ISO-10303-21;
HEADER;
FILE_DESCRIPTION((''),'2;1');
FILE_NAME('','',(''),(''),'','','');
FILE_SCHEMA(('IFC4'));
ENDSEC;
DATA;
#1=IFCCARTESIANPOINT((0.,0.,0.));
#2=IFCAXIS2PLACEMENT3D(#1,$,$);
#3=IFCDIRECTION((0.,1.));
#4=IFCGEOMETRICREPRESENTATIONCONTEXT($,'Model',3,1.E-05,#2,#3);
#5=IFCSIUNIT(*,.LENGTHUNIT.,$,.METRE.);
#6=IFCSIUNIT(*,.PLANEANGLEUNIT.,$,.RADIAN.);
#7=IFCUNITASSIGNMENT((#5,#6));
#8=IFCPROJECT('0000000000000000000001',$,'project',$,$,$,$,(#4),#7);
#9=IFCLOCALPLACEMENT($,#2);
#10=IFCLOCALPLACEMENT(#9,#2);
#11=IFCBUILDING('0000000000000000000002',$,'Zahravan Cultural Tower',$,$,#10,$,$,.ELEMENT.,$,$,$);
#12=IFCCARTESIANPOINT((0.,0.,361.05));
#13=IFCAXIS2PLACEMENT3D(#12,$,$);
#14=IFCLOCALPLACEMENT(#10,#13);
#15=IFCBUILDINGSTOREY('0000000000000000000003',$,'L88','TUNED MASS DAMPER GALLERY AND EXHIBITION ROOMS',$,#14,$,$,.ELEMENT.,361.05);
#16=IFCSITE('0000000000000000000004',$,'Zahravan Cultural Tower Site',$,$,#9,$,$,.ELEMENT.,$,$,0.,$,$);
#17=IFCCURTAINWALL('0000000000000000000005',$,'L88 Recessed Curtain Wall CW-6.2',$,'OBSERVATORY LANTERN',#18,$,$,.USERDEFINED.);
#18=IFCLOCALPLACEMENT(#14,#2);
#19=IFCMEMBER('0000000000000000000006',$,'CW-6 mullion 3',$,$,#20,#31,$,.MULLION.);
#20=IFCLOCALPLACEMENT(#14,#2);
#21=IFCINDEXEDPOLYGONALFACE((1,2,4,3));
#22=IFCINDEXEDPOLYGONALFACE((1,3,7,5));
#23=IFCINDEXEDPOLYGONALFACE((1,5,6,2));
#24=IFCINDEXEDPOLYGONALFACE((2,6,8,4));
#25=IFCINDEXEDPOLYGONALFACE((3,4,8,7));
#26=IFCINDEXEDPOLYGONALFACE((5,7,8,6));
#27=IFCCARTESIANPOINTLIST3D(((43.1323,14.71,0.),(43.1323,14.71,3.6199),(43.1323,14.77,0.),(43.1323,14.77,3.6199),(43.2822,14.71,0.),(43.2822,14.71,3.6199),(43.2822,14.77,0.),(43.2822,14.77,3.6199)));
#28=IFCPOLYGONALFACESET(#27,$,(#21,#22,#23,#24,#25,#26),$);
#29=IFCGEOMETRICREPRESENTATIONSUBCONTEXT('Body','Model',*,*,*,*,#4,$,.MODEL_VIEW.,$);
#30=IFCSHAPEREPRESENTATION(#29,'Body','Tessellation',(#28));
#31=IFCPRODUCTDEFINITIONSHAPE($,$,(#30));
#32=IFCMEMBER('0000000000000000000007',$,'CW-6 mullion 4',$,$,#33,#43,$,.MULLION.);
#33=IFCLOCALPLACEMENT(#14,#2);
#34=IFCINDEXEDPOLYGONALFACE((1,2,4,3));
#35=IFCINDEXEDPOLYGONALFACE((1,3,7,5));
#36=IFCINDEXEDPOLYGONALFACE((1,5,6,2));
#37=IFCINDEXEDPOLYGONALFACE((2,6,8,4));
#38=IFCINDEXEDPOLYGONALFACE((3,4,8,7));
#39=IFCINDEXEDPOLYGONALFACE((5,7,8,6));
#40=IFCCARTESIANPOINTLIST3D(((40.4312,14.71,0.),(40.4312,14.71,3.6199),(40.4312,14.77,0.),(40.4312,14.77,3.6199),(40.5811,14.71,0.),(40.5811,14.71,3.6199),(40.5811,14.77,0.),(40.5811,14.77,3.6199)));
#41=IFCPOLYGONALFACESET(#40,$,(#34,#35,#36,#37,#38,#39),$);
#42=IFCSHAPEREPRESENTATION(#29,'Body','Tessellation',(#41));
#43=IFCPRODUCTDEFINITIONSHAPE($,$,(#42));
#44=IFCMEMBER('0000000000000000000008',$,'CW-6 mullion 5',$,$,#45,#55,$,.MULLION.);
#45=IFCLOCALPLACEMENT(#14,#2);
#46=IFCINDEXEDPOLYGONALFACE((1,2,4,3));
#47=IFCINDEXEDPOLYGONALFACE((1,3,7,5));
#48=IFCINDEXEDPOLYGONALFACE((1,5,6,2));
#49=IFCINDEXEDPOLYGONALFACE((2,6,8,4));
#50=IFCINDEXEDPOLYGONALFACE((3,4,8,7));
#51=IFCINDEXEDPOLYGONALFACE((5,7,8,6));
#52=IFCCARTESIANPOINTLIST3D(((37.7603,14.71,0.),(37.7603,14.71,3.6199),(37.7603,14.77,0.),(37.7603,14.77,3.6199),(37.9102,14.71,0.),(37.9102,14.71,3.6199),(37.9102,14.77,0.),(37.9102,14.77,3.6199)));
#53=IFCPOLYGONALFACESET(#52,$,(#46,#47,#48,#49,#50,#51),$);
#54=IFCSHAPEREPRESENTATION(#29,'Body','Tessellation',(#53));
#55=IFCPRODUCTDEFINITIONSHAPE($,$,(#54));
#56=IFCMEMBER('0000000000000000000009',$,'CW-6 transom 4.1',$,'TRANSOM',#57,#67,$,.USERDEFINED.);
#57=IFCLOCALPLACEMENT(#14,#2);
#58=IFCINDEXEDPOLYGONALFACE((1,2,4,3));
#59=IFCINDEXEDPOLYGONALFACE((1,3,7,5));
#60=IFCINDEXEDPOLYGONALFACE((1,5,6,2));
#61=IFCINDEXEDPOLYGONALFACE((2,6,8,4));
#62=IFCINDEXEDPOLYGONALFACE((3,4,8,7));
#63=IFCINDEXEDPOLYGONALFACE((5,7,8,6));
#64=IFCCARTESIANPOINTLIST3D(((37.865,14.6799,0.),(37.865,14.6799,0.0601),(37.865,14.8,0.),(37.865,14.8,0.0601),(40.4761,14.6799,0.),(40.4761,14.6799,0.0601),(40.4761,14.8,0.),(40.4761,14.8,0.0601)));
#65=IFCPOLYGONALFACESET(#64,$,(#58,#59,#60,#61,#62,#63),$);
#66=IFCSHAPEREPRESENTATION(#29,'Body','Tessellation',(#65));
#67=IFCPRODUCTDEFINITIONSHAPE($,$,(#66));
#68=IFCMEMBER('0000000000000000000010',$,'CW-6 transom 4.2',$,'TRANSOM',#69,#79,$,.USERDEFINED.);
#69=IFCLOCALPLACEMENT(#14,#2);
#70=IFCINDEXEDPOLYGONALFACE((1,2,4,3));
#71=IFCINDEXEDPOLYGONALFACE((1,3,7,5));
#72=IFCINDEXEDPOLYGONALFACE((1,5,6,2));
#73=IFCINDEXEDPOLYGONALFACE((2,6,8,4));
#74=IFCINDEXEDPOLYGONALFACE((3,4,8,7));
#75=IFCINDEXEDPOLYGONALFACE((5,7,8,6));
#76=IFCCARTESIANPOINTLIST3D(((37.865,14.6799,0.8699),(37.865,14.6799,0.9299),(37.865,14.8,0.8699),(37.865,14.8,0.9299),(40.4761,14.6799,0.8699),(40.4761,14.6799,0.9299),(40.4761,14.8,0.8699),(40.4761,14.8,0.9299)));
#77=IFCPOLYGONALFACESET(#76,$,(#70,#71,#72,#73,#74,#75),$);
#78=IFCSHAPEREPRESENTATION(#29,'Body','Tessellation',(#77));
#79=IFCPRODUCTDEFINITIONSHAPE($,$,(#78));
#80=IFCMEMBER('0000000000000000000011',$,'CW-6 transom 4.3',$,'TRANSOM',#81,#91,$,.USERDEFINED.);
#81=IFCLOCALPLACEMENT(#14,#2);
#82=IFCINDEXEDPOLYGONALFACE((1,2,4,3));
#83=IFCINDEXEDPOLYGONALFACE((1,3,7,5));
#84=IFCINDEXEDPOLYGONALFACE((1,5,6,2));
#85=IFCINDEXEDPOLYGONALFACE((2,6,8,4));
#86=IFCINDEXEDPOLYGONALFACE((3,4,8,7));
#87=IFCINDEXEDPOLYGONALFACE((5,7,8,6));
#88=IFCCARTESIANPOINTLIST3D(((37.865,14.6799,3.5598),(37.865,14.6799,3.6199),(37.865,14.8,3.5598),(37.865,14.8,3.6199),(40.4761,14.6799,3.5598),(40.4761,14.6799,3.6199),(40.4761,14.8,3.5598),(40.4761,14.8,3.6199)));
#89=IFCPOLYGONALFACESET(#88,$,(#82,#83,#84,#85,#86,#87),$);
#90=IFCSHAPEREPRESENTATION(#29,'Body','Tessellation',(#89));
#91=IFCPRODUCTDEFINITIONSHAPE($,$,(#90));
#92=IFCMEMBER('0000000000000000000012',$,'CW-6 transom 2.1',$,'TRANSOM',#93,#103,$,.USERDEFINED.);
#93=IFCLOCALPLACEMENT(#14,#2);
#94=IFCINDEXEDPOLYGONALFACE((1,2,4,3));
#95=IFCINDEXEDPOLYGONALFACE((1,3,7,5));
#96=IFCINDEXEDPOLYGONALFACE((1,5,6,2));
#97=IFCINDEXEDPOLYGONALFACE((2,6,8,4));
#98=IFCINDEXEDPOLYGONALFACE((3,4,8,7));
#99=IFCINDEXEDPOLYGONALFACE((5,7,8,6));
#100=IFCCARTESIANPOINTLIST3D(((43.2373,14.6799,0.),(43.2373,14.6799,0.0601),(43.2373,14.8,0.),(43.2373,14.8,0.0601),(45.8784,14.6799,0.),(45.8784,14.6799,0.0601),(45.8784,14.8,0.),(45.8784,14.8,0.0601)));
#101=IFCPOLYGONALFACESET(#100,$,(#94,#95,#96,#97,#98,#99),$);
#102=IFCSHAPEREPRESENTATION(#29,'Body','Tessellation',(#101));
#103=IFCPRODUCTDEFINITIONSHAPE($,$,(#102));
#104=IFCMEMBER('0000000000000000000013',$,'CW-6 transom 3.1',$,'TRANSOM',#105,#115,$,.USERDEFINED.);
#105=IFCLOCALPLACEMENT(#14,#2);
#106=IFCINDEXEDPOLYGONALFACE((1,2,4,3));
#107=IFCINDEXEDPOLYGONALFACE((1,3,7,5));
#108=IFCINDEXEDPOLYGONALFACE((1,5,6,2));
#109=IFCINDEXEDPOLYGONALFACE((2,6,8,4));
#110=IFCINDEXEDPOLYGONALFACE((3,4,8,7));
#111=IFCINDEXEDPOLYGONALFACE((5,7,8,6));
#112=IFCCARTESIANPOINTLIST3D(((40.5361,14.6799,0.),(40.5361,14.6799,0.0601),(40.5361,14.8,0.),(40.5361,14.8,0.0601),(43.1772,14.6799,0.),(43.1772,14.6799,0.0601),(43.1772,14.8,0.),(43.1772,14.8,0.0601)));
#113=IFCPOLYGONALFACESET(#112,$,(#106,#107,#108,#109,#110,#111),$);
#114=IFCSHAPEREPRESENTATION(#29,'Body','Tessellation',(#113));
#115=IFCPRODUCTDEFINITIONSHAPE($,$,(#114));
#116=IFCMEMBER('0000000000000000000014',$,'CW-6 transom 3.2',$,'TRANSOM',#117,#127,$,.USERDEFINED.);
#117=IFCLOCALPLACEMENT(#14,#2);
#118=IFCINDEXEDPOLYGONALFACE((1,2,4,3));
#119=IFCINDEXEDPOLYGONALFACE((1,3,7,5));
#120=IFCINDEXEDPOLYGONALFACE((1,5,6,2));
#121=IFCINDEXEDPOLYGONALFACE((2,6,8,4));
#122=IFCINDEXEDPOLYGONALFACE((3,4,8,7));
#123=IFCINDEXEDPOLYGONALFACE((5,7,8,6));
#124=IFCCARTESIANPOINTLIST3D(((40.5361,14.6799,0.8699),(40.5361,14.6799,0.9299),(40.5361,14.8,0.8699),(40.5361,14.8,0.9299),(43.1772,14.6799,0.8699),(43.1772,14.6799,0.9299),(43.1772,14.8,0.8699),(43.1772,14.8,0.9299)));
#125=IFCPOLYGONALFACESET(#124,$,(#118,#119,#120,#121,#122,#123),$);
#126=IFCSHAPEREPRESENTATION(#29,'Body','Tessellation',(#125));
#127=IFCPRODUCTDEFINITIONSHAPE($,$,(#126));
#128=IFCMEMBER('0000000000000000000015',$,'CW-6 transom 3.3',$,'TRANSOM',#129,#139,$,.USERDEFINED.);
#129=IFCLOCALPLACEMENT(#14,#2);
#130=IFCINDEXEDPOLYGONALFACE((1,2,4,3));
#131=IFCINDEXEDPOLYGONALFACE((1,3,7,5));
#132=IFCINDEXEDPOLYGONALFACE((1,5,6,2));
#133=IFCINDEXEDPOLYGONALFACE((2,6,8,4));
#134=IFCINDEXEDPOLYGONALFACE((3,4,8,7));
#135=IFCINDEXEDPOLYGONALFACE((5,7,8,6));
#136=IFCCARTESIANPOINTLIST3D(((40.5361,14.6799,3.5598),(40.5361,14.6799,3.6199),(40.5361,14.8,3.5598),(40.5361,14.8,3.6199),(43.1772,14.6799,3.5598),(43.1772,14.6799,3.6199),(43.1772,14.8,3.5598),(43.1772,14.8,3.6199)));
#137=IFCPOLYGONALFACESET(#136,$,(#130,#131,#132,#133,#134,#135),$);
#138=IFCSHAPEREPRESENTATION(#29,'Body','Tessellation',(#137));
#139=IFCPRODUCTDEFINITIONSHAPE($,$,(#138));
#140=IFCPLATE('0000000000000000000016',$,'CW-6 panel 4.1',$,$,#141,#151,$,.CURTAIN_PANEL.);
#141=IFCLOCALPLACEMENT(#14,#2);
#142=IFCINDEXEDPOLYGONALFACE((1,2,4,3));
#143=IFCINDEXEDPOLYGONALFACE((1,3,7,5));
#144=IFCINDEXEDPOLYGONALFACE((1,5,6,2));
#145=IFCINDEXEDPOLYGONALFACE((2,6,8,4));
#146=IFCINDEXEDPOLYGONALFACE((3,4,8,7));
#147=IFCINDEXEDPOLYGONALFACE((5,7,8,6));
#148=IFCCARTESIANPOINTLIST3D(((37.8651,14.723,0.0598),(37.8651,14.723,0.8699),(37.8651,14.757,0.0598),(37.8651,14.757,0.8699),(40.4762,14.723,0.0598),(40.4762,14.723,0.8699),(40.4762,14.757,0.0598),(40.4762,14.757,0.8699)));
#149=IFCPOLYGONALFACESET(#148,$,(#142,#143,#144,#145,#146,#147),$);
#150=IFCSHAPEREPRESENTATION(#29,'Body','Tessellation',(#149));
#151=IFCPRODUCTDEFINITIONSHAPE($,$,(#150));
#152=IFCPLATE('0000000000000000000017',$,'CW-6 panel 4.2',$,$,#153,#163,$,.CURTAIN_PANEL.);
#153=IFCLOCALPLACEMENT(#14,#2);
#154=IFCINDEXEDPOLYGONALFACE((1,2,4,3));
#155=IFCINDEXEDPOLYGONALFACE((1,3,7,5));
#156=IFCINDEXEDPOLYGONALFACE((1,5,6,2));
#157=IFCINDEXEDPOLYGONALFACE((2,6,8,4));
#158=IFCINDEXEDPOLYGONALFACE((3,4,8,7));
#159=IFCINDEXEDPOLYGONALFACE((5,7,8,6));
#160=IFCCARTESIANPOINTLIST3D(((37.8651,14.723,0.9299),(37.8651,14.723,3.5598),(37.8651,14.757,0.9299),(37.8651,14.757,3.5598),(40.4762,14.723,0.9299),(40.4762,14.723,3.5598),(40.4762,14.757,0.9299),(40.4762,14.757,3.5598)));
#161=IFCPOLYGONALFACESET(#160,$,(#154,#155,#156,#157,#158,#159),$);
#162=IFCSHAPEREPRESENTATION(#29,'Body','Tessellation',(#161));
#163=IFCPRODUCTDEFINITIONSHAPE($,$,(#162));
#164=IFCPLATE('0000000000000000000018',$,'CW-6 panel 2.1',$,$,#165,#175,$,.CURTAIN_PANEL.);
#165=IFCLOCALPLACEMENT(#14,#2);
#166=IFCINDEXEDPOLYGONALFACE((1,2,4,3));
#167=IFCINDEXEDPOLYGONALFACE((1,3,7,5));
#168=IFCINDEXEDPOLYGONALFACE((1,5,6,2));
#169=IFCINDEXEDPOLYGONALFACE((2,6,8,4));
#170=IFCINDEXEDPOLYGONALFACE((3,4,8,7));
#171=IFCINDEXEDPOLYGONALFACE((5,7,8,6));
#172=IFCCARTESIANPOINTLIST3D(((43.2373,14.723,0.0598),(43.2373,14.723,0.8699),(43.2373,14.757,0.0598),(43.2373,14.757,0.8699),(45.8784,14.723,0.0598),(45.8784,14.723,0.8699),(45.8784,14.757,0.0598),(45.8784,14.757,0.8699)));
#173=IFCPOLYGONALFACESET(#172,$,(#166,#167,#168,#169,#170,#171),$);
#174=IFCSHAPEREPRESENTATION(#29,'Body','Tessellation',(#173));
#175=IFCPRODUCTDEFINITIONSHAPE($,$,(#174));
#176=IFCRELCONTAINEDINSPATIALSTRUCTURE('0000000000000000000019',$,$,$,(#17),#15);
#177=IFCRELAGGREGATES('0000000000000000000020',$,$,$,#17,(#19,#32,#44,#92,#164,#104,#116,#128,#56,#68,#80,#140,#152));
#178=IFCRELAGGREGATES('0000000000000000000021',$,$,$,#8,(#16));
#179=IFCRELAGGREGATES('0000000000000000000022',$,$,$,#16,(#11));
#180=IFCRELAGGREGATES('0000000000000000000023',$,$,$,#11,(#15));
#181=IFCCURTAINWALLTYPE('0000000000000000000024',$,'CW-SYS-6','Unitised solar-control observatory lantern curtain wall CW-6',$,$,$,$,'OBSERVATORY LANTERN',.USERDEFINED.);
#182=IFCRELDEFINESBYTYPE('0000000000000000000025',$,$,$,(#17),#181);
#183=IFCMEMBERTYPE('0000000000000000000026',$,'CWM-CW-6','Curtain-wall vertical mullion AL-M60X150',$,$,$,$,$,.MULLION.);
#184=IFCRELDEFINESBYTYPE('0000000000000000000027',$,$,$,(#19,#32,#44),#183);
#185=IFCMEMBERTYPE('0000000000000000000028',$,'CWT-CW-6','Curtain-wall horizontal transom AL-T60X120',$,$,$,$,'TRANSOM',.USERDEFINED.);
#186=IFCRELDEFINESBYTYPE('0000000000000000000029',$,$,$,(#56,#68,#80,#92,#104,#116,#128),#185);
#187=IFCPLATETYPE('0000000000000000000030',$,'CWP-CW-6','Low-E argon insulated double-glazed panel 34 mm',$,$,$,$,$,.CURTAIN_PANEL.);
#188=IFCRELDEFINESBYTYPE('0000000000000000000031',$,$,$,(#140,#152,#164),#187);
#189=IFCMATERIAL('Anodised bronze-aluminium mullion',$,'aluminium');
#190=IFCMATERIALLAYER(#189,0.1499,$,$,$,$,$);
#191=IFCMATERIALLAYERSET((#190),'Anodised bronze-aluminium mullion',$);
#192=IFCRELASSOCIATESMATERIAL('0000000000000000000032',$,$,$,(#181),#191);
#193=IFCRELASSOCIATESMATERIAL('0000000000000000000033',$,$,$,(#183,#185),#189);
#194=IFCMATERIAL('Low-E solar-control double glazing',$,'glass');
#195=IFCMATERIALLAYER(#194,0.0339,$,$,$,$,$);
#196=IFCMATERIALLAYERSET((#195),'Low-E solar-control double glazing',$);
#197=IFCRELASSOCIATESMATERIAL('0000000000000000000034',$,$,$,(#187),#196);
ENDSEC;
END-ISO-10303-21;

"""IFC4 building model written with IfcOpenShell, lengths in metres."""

from ifc_helpers import new_model, si_unit, direction, frame, origin, origin_2d, place, context, subcontext, project, spatial, rectangle, extrude, source, transform, mapped, material, layer, layer_set, material_profile, profile_set, type_object, element, aggregate, save


model = new_model("IFC4")

# Units and contexts
model_context = context("Model", 3, precision=1e-05, world=origin(), true_north=direction((0.0, 1.0)))
body_context = subcontext(model_context, "Body", "Model", "MODEL_VIEW")
ifc_project = project(units=[si_unit("LENGTHUNIT", "METRE"), si_unit("PLANEANGLEUNIT", "RADIAN")], contexts=[model_context])

# Site, building, storey
site_placement = place(None, origin())
site = spatial("IfcSite", under=ifc_project, at=site_placement, Name="Zahravan Cultural Tower Site", CompositionType="ELEMENT", RefElevation=0.0)
building_placement = place(site_placement, origin())
building = spatial("IfcBuilding", under=site, at=building_placement, Name="Zahravan Cultural Tower", CompositionType="ELEMENT")
storey_placement = place(building_placement, frame((0.0, 0.0, 361.05)))
storey = spatial("IfcBuildingStorey", under=building, at=storey_placement, Name="L88", Description="TUNED MASS DAMPER GALLERY AND EXHIBITION ROOMS", CompositionType="ELEMENT", Elevation=361.05)

# Curtain wall, members, plates
ifc_material_1 = material(Name="Anodised bronze-aluminium mullion", Category="aluminium")
ifc_layer_1 = layer(ifc_material_1, 0.1499)
ifc_layer_set_1 = layer_set([ifc_layer_1], Name="Anodised bronze-aluminium mullion")
curtain_wall_type = type_object("IfcCurtainWallType", Name="CW-SYS-6", Description="Unitised solar-control observatory lantern curtain wall CW-6", ElementType="OBSERVATORY LANTERN", PredefinedType="USERDEFINED", material=ifc_layer_set_1)
curtain_wall_placement = place(storey_placement, origin())
curtain_wall = element("IfcCurtainWall", 1, at=curtain_wall_placement, inside=storey, type_object=curtain_wall_type, Name="L88 Recessed Curtain Wall CW-6.2", ObjectType="OBSERVATORY LANTERN", PredefinedType="USERDEFINED")
ifc_material_profile_1 = material_profile(ifc_material_1, rectangle(XDim=0.0601, YDim=0.1499, at=origin_2d()), Name="AL-M60X150")
ifc_profile_set_1 = profile_set([ifc_material_profile_1], Name="Anodised bronze-aluminium mullion")
member_type_1 = type_object("IfcMemberType", Name="CWM-CW-6", Description="Curtain-wall vertical mullion AL-M60X150", PredefinedType="MULLION", material=ifc_profile_set_1)
shared_shape_1 = source(origin(), body_context, "Body", "SweptSolid", [
    extrude(rectangle(XDim=0.0601, YDim=0.1499, at=origin_2d()), origin(), (0.0, 0.0, 1.0), 3.6199),
])
member_1_placement = place(storey_placement, frame((43.2073, 14.74, 0.0), z_axis=(0.0, 0.0, 1.0), x_axis=(0.0, -1.0, 0.0)))
member_1 = element("IfcMember", 2, at=member_1_placement, type_object=member_type_1, Name="CW-6 mullion 3", PredefinedType="MULLION", context=body_context, shape_type="MappedRepresentation", body=[
    mapped(shared_shape_1, transform((0.0, 0.0, 0.0), x_axis=(1.0, 0.0, 0.0), y_axis=(0.0, 1.0, 0.0), z_axis=(0.0, 0.0, 1.0), scale=1.0)),
])
member_2_placement = place(storey_placement, frame((40.5061, 14.74, 0.0), z_axis=(0.0, 0.0, 1.0), x_axis=(0.0, -1.0, 0.0)))
member_2 = element("IfcMember", 3, at=member_2_placement, type_object=member_type_1, Name="CW-6 mullion 4", PredefinedType="MULLION", context=body_context, shape_type="MappedRepresentation", body=[
    mapped(shared_shape_1, transform((0.0, 0.0, 0.0), x_axis=(1.0, 0.0, 0.0), y_axis=(0.0, 1.0, 0.0), z_axis=(0.0, 0.0, 1.0), scale=1.0)),
])
member_3_placement = place(storey_placement, frame((37.8352, 14.74, 0.0), z_axis=(0.0, 0.0, 1.0), x_axis=(0.0, -1.0, 0.0)))
member_3 = element("IfcMember", 4, at=member_3_placement, type_object=member_type_1, Name="CW-6 mullion 5", PredefinedType="MULLION", context=body_context, shape_type="MappedRepresentation", body=[
    mapped(shared_shape_1, transform((0.0, 0.0, 0.0), x_axis=(1.0, 0.0, 0.0), y_axis=(0.0, 1.0, 0.0), z_axis=(0.0, 0.0, 1.0), scale=1.0)),
])
ifc_material_profile_2 = material_profile(ifc_material_1, rectangle(XDim=0.1201, YDim=0.0601, at=origin_2d()), Name="AL-T60X120")
ifc_profile_set_2 = profile_set([ifc_material_profile_2], Name="Anodised bronze-aluminium mullion")
member_type_2 = type_object("IfcMemberType", Name="CWT-CW-6", Description="Curtain-wall horizontal transom AL-T60X120", ElementType="TRANSOM", PredefinedType="USERDEFINED", material=ifc_profile_set_2)
shared_shape_2 = source(origin(), body_context, "Body", "SweptSolid", [
    extrude(rectangle(XDim=0.1201, YDim=0.0601, at=origin_2d()), origin(), (0.0, 0.0, 1.0), 2.6111),
])
member_4_placement = place(storey_placement, frame((40.4761, 14.74, 0.03), z_axis=(-1.0, 0.0, 0.0), x_axis=(0.0, -1.0, 0.0)))
member_4 = element("IfcMember", 5, at=member_4_placement, type_object=member_type_2, Name="CW-6 transom 4.1", ObjectType="TRANSOM", PredefinedType="USERDEFINED", context=body_context, shape_type="MappedRepresentation", body=[
    mapped(shared_shape_2, transform((0.0, 0.0, 0.0), x_axis=(1.0, 0.0, 0.0), y_axis=(0.0, 1.0, 0.0), z_axis=(0.0, 0.0, 1.0), scale=1.0)),
])
member_5_placement = place(storey_placement, frame((40.4761, 14.74, 0.8999), z_axis=(-1.0, 0.0, 0.0), x_axis=(0.0, -1.0, 0.0)))
member_5 = element("IfcMember", 6, at=member_5_placement, type_object=member_type_2, Name="CW-6 transom 4.2", ObjectType="TRANSOM", PredefinedType="USERDEFINED", context=body_context, shape_type="MappedRepresentation", body=[
    mapped(shared_shape_2, transform((0.0, 0.0, 0.0), x_axis=(1.0, 0.0, 0.0), y_axis=(0.0, 1.0, 0.0), z_axis=(0.0, 0.0, 1.0), scale=1.0)),
])
member_6_placement = place(storey_placement, frame((40.4761, 14.74, 3.5898), z_axis=(-1.0, 0.0, 0.0), x_axis=(0.0, -1.0, 0.0)))
member_6 = element("IfcMember", 7, at=member_6_placement, type_object=member_type_2, Name="CW-6 transom 4.3", ObjectType="TRANSOM", PredefinedType="USERDEFINED", context=body_context, shape_type="MappedRepresentation", body=[
    mapped(shared_shape_2, transform((0.0, 0.0, 0.0), x_axis=(1.0, 0.0, 0.0), y_axis=(0.0, 1.0, 0.0), z_axis=(0.0, 0.0, 1.0), scale=1.0)),
])
shared_shape_3 = source(origin(), body_context, "Body", "SweptSolid", [
    extrude(rectangle(XDim=0.1201, YDim=0.0601, at=origin_2d()), origin(), (0.0, 0.0, 1.0), 2.6411),
])
member_7_placement = place(storey_placement, frame((45.8784, 14.74, 0.03), z_axis=(-1.0, 0.0, 0.0), x_axis=(0.0, -1.0, 0.0)))
member_7 = element("IfcMember", 8, at=member_7_placement, type_object=member_type_2, Name="CW-6 transom 2.1", ObjectType="TRANSOM", PredefinedType="USERDEFINED", context=body_context, shape_type="MappedRepresentation", body=[
    mapped(shared_shape_3, transform((0.0, 0.0, 0.0), x_axis=(1.0, 0.0, 0.0), y_axis=(0.0, 1.0, 0.0), z_axis=(0.0, 0.0, 1.0), scale=1.0)),
])
member_8_placement = place(storey_placement, frame((43.1772, 14.74, 0.03), z_axis=(-1.0, 0.0, 0.0), x_axis=(0.0, -1.0, 0.0)))
member_8 = element("IfcMember", 9, at=member_8_placement, type_object=member_type_2, Name="CW-6 transom 3.1", ObjectType="TRANSOM", PredefinedType="USERDEFINED", context=body_context, shape_type="MappedRepresentation", body=[
    mapped(shared_shape_3, transform((0.0, 0.0, 0.0), x_axis=(1.0, 0.0, 0.0), y_axis=(0.0, 1.0, 0.0), z_axis=(0.0, 0.0, 1.0), scale=1.0)),
])
member_9_placement = place(storey_placement, frame((43.1772, 14.74, 0.8999), z_axis=(-1.0, 0.0, 0.0), x_axis=(0.0, -1.0, 0.0)))
member_9 = element("IfcMember", 10, at=member_9_placement, type_object=member_type_2, Name="CW-6 transom 3.2", ObjectType="TRANSOM", PredefinedType="USERDEFINED", context=body_context, shape_type="MappedRepresentation", body=[
    mapped(shared_shape_3, transform((0.0, 0.0, 0.0), x_axis=(1.0, 0.0, 0.0), y_axis=(0.0, 1.0, 0.0), z_axis=(0.0, 0.0, 1.0), scale=1.0)),
])
member_10_placement = place(storey_placement, frame((43.1772, 14.74, 3.5898), z_axis=(-1.0, 0.0, 0.0), x_axis=(0.0, -1.0, 0.0)))
member_10 = element("IfcMember", 11, at=member_10_placement, type_object=member_type_2, Name="CW-6 transom 3.3", ObjectType="TRANSOM", PredefinedType="USERDEFINED", context=body_context, shape_type="MappedRepresentation", body=[
    mapped(shared_shape_3, transform((0.0, 0.0, 0.0), x_axis=(1.0, 0.0, 0.0), y_axis=(0.0, 1.0, 0.0), z_axis=(0.0, 0.0, 1.0), scale=1.0)),
])
ifc_material_2 = material(Name="Low-E solar-control double glazing", Category="glass")
ifc_layer_2 = layer(ifc_material_2, 0.0339)
ifc_layer_set_2 = layer_set([ifc_layer_2], Name="Low-E solar-control double glazing")
plate_type = type_object("IfcPlateType", Name="CWP-CW-6", Description="Low-E argon insulated double-glazed panel 34 mm", PredefinedType="CURTAIN_PANEL", material=ifc_layer_set_2)
shared_shape_4 = source(origin(), body_context, "Body", "SweptSolid", [
    extrude(rectangle(XDim=2.6111, YDim=0.0339, at=origin_2d()), origin(), (0.0, 0.0, 1.0), 0.8101),
])
plate_1_placement = place(storey_placement, frame((39.1707, 14.74, 0.0598), z_axis=(0.0, 0.0, 1.0), x_axis=(-1.0, 0.0, 0.0)))
plate_1 = element("IfcPlate", 12, at=plate_1_placement, type_object=plate_type, Name="CW-6 panel 4.1", PredefinedType="CURTAIN_PANEL", context=body_context, shape_type="MappedRepresentation", body=[
    mapped(shared_shape_4, transform((0.0, 0.0, 0.0), x_axis=(1.0, 0.0, 0.0), y_axis=(0.0, 1.0, 0.0), z_axis=(0.0, 0.0, 1.0), scale=1.0)),
])
shared_shape_5 = source(origin(), body_context, "Body", "SweptSolid", [
    extrude(rectangle(XDim=2.6111, YDim=0.0339, at=origin_2d()), origin(), (0.0, 0.0, 1.0), 2.6299),
])
plate_2_placement = place(storey_placement, frame((39.1707, 14.74, 0.9299), z_axis=(0.0, 0.0, 1.0), x_axis=(-1.0, 0.0, 0.0)))
plate_2 = element("IfcPlate", 13, at=plate_2_placement, type_object=plate_type, Name="CW-6 panel 4.2", PredefinedType="CURTAIN_PANEL", context=body_context, shape_type="MappedRepresentation", body=[
    mapped(shared_shape_5, transform((0.0, 0.0, 0.0), x_axis=(1.0, 0.0, 0.0), y_axis=(0.0, 1.0, 0.0), z_axis=(0.0, 0.0, 1.0), scale=1.0)),
])
shared_shape_6 = source(origin(), body_context, "Body", "SweptSolid", [
    extrude(rectangle(XDim=2.6411, YDim=0.0339, at=origin_2d()), origin(), (0.0, 0.0, 1.0), 0.8101),
])
plate_3_placement = place(storey_placement, frame((44.5579, 14.74, 0.0598), z_axis=(0.0, 0.0, 1.0), x_axis=(-1.0, 0.0, 0.0)))
plate_3 = element("IfcPlate", 14, at=plate_3_placement, type_object=plate_type, Name="CW-6 panel 2.1", PredefinedType="CURTAIN_PANEL", context=body_context, shape_type="MappedRepresentation", body=[
    mapped(shared_shape_6, transform((0.0, 0.0, 0.0), x_axis=(1.0, 0.0, 0.0), y_axis=(0.0, 1.0, 0.0), z_axis=(0.0, 0.0, 1.0), scale=1.0)),
])
aggregate(curtain_wall, [member_1, member_2, member_3, member_7, plate_3, member_8, member_9, member_10, member_4, member_5, member_6, plate_1, plate_2])

save(model, "model.ifc")
